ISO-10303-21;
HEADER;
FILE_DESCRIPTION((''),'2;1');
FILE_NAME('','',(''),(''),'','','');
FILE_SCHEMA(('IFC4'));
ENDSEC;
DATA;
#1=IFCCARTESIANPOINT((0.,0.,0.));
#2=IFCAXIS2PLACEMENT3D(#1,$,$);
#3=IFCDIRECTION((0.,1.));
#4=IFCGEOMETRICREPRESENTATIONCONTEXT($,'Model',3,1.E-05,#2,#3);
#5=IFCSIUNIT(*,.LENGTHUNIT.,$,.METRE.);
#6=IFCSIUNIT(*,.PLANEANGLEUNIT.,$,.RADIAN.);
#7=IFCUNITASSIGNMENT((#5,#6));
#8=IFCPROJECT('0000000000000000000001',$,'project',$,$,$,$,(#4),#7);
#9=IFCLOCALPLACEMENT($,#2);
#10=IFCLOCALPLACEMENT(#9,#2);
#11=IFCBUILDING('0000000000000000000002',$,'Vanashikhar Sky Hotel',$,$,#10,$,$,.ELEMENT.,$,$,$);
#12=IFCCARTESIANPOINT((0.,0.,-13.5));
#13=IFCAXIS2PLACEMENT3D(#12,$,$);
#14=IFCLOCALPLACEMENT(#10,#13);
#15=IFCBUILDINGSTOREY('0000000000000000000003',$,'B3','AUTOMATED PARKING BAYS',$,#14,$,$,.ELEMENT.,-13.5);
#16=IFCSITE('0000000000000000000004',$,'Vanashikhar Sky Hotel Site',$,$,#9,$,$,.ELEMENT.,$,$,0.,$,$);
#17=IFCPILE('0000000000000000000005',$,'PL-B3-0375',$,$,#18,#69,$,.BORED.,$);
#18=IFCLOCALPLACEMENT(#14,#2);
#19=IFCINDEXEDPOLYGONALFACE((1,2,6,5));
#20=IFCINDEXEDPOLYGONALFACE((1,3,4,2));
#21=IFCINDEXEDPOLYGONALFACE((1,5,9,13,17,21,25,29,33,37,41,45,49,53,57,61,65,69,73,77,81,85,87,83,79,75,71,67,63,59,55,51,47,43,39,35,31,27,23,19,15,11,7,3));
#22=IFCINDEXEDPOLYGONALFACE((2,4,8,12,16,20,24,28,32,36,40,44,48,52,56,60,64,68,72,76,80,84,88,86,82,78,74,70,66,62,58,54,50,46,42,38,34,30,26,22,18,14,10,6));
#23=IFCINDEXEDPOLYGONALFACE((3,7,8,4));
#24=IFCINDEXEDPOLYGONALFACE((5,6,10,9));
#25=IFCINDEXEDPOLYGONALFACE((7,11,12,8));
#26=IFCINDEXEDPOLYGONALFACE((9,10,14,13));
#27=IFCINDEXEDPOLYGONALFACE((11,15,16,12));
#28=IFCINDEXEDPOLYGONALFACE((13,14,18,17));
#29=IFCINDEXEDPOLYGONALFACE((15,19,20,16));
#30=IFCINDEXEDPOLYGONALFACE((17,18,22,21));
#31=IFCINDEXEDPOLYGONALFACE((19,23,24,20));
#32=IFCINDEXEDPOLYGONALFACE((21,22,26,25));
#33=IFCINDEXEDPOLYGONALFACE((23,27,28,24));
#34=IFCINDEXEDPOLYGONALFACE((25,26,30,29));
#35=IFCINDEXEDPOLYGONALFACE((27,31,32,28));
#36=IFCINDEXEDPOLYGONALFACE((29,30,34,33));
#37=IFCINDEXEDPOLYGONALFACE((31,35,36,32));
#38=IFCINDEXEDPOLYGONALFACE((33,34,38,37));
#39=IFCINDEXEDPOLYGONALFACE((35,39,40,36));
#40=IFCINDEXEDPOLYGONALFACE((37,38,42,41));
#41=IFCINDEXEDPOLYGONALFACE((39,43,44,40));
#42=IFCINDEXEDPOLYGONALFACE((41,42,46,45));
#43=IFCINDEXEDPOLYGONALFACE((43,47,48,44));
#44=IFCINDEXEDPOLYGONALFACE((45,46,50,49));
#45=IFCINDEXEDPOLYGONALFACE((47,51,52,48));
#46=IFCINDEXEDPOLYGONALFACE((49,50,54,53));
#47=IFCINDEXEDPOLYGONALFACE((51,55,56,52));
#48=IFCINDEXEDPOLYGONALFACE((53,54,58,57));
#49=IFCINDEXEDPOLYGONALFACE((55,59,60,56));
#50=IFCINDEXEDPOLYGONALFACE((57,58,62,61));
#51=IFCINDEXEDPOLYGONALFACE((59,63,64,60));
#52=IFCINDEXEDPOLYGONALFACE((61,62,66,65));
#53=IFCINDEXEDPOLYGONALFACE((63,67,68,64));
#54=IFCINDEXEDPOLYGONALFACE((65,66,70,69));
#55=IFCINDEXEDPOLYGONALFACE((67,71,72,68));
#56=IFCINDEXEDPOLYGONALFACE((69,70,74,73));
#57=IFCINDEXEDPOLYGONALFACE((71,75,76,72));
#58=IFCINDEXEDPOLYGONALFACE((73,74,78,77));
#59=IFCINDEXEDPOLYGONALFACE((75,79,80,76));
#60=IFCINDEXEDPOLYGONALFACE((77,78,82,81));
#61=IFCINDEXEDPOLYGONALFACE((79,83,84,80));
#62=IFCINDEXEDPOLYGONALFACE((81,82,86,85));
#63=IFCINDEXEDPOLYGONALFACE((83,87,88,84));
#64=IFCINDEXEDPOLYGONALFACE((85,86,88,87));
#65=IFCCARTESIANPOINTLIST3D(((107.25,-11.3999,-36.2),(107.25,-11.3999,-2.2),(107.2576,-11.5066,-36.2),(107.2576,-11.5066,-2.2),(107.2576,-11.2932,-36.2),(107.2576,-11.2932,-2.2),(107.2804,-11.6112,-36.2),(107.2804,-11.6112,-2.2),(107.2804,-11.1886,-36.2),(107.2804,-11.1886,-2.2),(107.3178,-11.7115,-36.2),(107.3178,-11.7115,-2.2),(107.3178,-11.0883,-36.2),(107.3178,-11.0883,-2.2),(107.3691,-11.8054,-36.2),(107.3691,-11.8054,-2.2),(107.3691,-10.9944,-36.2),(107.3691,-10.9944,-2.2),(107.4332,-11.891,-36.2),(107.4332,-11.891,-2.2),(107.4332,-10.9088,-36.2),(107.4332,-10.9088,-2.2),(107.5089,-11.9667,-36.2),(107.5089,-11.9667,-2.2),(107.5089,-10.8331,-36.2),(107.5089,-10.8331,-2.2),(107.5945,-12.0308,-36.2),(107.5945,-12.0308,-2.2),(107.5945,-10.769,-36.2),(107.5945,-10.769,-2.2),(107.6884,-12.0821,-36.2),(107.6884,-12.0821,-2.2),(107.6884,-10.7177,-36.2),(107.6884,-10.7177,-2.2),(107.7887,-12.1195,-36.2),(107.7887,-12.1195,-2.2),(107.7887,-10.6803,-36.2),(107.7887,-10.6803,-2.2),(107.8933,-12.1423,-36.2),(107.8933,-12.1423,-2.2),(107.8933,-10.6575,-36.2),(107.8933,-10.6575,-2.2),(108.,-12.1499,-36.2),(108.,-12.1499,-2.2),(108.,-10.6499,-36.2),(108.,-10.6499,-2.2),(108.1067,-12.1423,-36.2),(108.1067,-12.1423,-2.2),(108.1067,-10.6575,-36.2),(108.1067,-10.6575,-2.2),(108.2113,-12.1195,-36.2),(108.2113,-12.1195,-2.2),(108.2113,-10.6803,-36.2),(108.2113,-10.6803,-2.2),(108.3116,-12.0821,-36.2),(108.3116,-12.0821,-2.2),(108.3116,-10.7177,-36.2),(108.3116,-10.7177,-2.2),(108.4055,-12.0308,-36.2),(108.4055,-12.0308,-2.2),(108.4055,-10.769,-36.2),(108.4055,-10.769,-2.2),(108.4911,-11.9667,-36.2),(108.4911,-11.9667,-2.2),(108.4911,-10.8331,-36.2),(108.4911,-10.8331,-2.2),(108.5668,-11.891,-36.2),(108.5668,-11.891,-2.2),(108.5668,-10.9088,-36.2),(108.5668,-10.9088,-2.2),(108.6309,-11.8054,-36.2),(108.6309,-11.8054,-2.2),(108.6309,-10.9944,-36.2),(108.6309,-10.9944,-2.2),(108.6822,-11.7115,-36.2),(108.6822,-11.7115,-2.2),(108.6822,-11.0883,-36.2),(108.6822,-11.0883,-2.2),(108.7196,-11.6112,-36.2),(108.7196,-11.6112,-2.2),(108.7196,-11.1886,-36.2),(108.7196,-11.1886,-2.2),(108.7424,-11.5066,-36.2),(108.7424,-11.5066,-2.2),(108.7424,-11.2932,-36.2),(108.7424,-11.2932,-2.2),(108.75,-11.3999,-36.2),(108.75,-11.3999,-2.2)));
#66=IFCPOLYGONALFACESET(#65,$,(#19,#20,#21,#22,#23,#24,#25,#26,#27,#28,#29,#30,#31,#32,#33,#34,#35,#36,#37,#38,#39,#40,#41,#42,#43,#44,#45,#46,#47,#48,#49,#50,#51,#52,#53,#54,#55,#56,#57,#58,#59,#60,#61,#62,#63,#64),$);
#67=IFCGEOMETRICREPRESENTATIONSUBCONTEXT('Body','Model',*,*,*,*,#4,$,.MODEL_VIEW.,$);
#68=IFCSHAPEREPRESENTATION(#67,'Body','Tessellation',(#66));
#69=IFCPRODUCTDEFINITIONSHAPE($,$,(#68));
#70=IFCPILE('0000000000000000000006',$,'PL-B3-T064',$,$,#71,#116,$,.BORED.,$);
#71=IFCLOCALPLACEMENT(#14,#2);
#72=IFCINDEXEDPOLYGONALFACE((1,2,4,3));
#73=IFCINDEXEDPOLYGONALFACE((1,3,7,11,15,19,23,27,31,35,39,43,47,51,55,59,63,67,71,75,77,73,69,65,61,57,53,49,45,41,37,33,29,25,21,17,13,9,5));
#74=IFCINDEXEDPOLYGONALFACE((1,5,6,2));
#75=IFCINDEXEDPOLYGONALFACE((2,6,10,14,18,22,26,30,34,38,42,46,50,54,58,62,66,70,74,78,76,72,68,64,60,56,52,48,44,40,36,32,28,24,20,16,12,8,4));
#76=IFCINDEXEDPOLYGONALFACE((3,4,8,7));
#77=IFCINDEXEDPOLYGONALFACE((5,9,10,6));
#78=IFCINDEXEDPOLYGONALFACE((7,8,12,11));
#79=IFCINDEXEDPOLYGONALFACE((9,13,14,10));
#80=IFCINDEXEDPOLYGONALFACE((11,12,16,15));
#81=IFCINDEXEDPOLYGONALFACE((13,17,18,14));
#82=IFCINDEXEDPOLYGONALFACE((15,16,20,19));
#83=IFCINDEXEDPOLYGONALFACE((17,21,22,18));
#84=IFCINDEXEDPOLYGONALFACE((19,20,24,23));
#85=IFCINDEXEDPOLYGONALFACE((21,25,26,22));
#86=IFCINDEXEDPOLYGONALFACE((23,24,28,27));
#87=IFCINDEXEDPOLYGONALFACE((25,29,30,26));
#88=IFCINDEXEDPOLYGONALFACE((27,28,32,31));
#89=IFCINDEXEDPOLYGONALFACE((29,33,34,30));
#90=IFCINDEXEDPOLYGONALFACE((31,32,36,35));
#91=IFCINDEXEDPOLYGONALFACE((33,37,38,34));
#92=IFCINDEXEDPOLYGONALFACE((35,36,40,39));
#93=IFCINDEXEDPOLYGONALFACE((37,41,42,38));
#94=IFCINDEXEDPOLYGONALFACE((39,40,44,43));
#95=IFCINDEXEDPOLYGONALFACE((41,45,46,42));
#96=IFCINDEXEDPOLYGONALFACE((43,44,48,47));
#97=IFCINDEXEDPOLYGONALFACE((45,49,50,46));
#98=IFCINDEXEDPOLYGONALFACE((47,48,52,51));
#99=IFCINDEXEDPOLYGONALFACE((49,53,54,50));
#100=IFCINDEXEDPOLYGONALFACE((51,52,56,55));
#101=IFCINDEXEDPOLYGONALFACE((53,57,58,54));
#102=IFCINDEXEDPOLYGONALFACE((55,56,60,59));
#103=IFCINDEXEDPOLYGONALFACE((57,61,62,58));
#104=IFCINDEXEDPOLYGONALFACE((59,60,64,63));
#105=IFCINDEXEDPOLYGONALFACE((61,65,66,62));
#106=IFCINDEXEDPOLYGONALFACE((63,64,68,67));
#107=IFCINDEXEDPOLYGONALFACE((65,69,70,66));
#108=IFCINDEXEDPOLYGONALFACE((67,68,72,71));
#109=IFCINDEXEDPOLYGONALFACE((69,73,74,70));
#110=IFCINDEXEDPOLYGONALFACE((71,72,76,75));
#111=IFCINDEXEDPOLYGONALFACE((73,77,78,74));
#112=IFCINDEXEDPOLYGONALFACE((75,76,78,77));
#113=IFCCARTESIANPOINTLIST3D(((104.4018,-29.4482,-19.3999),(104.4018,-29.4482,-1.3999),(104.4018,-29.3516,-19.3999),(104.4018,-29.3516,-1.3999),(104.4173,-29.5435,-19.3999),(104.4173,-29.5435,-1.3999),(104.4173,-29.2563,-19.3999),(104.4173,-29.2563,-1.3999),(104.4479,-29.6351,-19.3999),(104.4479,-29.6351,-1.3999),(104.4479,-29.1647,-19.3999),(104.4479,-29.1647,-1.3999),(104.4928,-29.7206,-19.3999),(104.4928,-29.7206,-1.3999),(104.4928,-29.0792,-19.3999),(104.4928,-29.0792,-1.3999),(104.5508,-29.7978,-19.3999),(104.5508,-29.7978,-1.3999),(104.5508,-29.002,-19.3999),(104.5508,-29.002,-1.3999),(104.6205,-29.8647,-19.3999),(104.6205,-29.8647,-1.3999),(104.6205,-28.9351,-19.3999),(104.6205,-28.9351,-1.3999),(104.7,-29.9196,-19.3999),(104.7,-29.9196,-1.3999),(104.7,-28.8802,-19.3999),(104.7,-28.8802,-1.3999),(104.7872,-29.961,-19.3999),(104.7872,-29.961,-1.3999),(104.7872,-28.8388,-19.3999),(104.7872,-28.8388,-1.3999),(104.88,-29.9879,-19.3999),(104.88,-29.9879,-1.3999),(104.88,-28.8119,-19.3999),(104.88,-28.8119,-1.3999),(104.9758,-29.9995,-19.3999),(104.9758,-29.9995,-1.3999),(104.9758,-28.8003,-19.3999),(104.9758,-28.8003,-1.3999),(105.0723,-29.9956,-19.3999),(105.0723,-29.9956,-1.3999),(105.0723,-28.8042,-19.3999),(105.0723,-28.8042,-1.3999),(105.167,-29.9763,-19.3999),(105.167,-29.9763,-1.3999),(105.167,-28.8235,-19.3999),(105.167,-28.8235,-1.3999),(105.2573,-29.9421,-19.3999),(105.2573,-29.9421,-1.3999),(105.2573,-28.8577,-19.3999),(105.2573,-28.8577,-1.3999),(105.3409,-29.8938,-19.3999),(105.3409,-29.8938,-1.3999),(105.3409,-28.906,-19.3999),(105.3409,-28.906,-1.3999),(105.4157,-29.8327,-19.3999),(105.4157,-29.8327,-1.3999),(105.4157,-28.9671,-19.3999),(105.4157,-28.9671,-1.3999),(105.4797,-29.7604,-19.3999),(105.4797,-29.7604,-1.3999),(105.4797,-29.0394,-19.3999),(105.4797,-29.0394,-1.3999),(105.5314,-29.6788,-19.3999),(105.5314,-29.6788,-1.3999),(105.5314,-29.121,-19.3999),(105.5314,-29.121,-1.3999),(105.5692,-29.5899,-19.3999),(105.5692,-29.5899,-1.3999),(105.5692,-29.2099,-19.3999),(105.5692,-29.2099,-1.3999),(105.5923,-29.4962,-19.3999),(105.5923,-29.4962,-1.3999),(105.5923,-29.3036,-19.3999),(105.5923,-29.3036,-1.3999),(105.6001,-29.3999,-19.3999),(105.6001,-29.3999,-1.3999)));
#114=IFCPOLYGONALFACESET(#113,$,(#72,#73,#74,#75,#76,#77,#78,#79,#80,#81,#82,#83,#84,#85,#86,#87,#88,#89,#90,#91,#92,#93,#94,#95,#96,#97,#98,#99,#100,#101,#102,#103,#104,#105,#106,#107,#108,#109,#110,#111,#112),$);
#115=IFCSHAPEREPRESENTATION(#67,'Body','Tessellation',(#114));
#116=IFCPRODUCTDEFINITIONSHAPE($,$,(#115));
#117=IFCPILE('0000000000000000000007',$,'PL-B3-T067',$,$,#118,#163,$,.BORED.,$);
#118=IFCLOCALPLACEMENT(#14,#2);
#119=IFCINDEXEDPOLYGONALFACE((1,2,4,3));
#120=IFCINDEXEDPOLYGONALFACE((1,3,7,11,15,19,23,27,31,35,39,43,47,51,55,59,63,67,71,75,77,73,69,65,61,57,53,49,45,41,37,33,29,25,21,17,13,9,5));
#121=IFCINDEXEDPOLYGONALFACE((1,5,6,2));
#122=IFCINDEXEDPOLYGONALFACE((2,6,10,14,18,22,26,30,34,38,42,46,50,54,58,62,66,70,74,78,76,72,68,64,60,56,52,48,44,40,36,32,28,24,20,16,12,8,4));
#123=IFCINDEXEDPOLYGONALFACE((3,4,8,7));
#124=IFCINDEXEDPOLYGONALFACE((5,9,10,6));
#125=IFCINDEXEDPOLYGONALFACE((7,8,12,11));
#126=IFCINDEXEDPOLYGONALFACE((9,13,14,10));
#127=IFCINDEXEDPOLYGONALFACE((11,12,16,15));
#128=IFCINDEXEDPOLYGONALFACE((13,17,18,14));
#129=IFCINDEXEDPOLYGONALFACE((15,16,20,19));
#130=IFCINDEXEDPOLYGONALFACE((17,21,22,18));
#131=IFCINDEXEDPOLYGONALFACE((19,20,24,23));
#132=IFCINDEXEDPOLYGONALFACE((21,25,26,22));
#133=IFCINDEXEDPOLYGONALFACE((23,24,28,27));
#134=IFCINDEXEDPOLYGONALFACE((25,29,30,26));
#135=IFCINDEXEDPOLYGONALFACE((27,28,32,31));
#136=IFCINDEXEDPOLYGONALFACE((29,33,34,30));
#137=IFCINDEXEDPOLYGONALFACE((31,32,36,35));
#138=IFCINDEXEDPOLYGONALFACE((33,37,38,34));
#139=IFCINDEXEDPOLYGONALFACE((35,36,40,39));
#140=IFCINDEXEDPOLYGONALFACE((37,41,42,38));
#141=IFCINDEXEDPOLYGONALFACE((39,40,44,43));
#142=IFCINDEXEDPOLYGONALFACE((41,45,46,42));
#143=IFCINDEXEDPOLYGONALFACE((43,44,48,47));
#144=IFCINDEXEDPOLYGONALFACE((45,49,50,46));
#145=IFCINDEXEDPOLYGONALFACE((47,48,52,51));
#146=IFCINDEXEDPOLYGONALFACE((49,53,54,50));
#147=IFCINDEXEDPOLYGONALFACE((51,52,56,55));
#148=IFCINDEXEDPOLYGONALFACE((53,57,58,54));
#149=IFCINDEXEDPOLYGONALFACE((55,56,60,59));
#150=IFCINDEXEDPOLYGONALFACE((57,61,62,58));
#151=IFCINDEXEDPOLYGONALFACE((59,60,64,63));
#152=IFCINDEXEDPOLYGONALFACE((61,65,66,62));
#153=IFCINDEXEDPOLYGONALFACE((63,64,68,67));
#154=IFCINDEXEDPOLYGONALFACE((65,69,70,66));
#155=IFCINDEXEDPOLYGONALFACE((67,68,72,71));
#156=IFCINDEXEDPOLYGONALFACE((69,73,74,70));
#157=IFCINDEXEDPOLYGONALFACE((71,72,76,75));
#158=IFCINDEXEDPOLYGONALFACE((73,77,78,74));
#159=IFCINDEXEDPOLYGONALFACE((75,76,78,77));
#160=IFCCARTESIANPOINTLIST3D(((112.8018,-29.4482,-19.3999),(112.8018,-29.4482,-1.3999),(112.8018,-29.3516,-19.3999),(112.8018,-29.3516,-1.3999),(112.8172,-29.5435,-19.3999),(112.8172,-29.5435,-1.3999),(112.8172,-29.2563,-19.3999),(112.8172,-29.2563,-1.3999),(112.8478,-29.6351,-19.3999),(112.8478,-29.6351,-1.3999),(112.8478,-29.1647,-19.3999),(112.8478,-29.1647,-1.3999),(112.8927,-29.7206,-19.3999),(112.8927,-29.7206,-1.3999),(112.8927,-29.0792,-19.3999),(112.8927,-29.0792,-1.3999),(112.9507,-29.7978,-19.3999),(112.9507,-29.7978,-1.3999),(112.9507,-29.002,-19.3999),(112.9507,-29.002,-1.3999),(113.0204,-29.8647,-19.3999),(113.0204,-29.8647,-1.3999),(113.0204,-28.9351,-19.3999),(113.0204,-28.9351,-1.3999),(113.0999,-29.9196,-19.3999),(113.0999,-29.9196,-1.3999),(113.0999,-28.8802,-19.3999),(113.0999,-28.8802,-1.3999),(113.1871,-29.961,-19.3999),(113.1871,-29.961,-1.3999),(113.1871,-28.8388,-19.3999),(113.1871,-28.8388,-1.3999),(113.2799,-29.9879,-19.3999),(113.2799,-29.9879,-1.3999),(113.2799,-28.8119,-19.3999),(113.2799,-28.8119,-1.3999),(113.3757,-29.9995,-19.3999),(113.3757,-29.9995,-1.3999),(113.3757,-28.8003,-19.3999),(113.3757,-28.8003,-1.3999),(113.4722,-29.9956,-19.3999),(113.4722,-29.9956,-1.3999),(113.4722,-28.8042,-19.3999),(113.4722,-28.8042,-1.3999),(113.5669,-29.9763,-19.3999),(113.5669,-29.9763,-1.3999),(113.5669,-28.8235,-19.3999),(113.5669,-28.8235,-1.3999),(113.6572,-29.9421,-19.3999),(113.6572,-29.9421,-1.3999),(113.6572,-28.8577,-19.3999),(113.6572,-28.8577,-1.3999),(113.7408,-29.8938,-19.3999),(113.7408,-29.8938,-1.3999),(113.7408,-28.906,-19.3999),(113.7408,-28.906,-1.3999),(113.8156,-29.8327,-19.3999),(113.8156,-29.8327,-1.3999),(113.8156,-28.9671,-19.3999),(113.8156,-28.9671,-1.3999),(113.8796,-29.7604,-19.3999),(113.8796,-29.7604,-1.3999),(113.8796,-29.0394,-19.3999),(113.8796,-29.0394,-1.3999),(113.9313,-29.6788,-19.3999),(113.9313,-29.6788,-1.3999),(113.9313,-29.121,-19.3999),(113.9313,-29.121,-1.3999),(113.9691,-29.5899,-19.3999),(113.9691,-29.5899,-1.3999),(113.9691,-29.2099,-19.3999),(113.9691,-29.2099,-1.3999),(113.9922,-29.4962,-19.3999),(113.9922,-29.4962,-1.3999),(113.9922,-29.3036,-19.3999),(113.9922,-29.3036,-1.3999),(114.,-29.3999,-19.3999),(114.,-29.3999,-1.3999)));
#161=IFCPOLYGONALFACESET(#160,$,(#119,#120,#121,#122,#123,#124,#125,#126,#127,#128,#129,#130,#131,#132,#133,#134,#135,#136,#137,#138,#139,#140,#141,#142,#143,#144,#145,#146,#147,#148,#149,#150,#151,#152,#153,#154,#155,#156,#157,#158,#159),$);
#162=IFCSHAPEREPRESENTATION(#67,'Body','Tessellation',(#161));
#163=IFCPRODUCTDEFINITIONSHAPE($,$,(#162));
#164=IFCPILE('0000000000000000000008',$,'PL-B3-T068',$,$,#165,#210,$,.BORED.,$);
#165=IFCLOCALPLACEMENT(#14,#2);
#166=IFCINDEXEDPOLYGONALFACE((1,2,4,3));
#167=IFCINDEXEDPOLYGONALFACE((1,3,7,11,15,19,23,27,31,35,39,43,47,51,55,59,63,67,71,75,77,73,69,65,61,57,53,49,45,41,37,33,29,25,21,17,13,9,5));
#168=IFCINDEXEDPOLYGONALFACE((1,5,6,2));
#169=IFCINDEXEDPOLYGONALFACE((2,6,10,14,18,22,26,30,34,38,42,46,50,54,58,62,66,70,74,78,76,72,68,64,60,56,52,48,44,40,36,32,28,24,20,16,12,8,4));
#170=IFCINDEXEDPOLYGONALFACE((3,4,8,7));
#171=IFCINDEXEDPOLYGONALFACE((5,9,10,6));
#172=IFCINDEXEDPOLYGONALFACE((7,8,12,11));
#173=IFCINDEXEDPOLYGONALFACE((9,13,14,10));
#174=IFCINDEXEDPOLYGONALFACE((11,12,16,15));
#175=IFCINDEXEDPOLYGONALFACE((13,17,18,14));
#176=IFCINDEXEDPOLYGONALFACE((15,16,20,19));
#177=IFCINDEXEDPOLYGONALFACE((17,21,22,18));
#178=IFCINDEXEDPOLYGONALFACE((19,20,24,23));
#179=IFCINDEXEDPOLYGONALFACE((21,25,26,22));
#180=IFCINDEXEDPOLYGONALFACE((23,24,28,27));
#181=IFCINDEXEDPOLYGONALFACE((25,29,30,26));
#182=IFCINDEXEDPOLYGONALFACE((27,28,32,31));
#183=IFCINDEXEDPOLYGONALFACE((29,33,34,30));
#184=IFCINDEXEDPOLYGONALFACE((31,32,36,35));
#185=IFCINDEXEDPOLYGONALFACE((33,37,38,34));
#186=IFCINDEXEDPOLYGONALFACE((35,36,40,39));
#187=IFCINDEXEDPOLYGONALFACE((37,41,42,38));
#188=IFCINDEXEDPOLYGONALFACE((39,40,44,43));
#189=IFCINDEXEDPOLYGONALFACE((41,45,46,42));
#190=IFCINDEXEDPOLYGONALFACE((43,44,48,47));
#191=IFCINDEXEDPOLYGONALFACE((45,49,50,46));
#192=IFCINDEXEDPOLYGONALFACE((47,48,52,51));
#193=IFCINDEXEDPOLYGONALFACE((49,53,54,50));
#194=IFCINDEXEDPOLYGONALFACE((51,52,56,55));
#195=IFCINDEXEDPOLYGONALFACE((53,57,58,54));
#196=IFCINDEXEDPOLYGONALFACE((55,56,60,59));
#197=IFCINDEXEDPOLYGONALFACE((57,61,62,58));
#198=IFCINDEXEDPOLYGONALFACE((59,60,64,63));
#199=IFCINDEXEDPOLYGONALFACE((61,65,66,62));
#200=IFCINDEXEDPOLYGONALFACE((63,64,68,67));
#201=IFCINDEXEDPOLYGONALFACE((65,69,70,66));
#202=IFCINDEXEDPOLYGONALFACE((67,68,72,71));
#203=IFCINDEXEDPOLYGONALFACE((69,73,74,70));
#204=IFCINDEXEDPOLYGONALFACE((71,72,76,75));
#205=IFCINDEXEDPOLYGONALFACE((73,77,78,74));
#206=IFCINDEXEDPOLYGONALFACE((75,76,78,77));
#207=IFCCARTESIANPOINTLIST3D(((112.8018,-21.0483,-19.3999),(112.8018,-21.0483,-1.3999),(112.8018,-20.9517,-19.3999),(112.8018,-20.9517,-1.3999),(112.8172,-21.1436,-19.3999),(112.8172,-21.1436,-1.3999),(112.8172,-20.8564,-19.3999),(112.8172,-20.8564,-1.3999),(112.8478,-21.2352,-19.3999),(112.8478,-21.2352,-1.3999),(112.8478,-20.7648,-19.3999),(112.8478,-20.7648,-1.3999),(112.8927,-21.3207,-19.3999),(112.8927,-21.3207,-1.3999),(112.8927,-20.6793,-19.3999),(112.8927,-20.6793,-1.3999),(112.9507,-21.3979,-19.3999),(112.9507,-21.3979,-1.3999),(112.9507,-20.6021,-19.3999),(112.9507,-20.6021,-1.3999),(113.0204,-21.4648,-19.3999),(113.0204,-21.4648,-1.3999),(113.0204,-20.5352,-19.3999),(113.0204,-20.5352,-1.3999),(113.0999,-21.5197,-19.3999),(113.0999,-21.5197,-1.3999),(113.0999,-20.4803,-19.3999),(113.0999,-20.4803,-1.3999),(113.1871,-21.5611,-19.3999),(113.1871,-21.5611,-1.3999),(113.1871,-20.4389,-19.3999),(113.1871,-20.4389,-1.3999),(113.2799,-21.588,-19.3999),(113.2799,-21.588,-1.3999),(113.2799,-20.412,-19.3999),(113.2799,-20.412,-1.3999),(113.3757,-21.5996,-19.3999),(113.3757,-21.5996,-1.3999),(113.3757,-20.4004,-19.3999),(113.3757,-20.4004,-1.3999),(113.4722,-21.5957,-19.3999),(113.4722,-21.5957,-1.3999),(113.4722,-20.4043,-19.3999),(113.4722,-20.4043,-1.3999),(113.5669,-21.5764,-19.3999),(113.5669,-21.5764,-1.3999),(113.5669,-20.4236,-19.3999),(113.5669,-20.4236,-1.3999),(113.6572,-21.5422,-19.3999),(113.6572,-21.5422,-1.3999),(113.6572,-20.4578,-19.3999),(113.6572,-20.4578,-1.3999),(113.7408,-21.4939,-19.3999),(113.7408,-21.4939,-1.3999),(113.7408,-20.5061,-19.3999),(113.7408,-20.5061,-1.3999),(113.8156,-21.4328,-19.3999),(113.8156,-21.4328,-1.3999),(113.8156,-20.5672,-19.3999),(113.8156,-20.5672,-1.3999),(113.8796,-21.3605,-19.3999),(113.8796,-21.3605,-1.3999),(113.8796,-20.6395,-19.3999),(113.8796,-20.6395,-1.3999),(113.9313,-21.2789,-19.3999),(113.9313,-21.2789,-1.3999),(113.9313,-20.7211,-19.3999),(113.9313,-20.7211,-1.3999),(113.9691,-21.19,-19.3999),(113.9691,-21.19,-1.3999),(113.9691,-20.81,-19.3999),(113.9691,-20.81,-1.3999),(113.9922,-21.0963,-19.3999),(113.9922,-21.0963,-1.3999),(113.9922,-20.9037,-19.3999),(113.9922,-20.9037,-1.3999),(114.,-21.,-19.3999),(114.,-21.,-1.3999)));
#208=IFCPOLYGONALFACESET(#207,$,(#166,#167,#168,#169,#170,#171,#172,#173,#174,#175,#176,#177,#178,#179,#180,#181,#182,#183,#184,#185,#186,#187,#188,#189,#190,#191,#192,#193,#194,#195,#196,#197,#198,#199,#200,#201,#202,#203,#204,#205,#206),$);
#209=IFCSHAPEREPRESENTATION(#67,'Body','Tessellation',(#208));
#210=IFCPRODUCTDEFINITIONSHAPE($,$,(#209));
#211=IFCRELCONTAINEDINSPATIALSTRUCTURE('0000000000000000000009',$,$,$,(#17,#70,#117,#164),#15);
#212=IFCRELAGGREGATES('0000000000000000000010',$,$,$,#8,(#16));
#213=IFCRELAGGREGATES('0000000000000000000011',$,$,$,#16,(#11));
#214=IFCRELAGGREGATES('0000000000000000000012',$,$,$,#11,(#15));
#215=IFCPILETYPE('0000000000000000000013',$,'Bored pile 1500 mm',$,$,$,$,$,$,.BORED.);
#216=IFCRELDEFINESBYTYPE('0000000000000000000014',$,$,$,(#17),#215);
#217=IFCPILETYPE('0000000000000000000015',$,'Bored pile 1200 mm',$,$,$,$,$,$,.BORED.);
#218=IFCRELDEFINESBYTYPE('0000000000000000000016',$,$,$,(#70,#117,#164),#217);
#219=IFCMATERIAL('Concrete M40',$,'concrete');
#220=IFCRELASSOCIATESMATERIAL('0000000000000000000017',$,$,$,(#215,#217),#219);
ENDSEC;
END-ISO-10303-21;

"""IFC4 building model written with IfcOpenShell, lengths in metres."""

from ifc_helpers import new_model, si_unit, direction, frame, origin, origin_2d, place, context, subcontext, project, spatial, circle, extrude, source, transform, mapped, material, type_object, element, save


model = new_model("IFC4")

# Units and contexts
model_context = context("Model", 3, precision=1e-05, world=origin(), true_north=direction((0.0, 1.0)))
body_context = subcontext(model_context, "Body", "Model", "MODEL_VIEW")
ifc_project = project(units=[si_unit("LENGTHUNIT", "METRE"), si_unit("PLANEANGLEUNIT", "RADIAN")], contexts=[model_context])

# Site, building, storey
site_placement = place(None, origin())
site = spatial("IfcSite", under=ifc_project, at=site_placement, Name="Vanashikhar Sky Hotel Site", CompositionType="ELEMENT", RefElevation=0.0)
building_placement = place(site_placement, origin())
building = spatial("IfcBuilding", under=site, at=building_placement, Name="Vanashikhar Sky Hotel", CompositionType="ELEMENT")
storey_placement = place(building_placement, frame((0.0, 0.0, -13.5)))
storey = spatial("IfcBuildingStorey", under=building, at=storey_placement, Name="B3", Description="AUTOMATED PARKING BAYS", CompositionType="ELEMENT", Elevation=-13.5)

# Piles
ifc_material_1 = material(Name="Concrete M40", Category="concrete")
pile_type_1 = type_object("IfcPileType", Name="Bored pile 1500 mm", PredefinedType="BORED", material=ifc_material_1)
shared_shape_1 = source(origin(), body_context, "Body", "SweptSolid", [
    extrude(circle(Radius=0.75, at=origin_2d()), origin(), (0.0, 0.0, 1.0), 34.0),
])
for number, where, z_axis, x_axis, name in (
    (1, (108.0, -11.3999, -2.2), (0.0, 0.0, -1.0), (1.0, 0.0, 0.0), "PL-B3-0375"),
):
    element("IfcPile", number, at=place(storey_placement, frame(where, z_axis=z_axis, x_axis=x_axis)), inside=storey, type_object=pile_type_1, Name=name, PredefinedType="BORED", context=body_context, shape_type="MappedRepresentation", body=[
        mapped(shared_shape_1, transform((0.0, 0.0, 0.0), scale=1.0)),
    ])
pile_type_2 = type_object("IfcPileType", Name="Bored pile 1200 mm", PredefinedType="BORED", material=ifc_material_1)
shared_shape_2 = source(origin(), body_context, "Body", "SweptSolid", [
    extrude(circle(Radius=0.6001, at=origin_2d()), origin(), (0.0, 0.0, 1.0), 18.0),
])
for number, where, z_axis, x_axis, name in (
    (2, (105.0, -29.3999, -1.3999), (0.0, 0.0, -1.0), (1.0, 0.0, 0.0), "PL-B3-T064"),
    (3, (113.3999, -29.3999, -1.3999), (0.0, 0.0, -1.0), (1.0, 0.0, 0.0), "PL-B3-T067"),
    (4, (113.3999, -21.0, -1.3999), (0.0, 0.0, -1.0), (1.0, 0.0, 0.0), "PL-B3-T068"),
):
    element("IfcPile", number, at=place(storey_placement, frame(where, z_axis=z_axis, x_axis=x_axis)), inside=storey, type_object=pile_type_2, Name=name, PredefinedType="BORED", context=body_context, shape_type="MappedRepresentation", body=[
        mapped(shared_shape_2, transform((0.0, 0.0, 0.0), scale=1.0)),
    ])

save(model, "model.ifc")
